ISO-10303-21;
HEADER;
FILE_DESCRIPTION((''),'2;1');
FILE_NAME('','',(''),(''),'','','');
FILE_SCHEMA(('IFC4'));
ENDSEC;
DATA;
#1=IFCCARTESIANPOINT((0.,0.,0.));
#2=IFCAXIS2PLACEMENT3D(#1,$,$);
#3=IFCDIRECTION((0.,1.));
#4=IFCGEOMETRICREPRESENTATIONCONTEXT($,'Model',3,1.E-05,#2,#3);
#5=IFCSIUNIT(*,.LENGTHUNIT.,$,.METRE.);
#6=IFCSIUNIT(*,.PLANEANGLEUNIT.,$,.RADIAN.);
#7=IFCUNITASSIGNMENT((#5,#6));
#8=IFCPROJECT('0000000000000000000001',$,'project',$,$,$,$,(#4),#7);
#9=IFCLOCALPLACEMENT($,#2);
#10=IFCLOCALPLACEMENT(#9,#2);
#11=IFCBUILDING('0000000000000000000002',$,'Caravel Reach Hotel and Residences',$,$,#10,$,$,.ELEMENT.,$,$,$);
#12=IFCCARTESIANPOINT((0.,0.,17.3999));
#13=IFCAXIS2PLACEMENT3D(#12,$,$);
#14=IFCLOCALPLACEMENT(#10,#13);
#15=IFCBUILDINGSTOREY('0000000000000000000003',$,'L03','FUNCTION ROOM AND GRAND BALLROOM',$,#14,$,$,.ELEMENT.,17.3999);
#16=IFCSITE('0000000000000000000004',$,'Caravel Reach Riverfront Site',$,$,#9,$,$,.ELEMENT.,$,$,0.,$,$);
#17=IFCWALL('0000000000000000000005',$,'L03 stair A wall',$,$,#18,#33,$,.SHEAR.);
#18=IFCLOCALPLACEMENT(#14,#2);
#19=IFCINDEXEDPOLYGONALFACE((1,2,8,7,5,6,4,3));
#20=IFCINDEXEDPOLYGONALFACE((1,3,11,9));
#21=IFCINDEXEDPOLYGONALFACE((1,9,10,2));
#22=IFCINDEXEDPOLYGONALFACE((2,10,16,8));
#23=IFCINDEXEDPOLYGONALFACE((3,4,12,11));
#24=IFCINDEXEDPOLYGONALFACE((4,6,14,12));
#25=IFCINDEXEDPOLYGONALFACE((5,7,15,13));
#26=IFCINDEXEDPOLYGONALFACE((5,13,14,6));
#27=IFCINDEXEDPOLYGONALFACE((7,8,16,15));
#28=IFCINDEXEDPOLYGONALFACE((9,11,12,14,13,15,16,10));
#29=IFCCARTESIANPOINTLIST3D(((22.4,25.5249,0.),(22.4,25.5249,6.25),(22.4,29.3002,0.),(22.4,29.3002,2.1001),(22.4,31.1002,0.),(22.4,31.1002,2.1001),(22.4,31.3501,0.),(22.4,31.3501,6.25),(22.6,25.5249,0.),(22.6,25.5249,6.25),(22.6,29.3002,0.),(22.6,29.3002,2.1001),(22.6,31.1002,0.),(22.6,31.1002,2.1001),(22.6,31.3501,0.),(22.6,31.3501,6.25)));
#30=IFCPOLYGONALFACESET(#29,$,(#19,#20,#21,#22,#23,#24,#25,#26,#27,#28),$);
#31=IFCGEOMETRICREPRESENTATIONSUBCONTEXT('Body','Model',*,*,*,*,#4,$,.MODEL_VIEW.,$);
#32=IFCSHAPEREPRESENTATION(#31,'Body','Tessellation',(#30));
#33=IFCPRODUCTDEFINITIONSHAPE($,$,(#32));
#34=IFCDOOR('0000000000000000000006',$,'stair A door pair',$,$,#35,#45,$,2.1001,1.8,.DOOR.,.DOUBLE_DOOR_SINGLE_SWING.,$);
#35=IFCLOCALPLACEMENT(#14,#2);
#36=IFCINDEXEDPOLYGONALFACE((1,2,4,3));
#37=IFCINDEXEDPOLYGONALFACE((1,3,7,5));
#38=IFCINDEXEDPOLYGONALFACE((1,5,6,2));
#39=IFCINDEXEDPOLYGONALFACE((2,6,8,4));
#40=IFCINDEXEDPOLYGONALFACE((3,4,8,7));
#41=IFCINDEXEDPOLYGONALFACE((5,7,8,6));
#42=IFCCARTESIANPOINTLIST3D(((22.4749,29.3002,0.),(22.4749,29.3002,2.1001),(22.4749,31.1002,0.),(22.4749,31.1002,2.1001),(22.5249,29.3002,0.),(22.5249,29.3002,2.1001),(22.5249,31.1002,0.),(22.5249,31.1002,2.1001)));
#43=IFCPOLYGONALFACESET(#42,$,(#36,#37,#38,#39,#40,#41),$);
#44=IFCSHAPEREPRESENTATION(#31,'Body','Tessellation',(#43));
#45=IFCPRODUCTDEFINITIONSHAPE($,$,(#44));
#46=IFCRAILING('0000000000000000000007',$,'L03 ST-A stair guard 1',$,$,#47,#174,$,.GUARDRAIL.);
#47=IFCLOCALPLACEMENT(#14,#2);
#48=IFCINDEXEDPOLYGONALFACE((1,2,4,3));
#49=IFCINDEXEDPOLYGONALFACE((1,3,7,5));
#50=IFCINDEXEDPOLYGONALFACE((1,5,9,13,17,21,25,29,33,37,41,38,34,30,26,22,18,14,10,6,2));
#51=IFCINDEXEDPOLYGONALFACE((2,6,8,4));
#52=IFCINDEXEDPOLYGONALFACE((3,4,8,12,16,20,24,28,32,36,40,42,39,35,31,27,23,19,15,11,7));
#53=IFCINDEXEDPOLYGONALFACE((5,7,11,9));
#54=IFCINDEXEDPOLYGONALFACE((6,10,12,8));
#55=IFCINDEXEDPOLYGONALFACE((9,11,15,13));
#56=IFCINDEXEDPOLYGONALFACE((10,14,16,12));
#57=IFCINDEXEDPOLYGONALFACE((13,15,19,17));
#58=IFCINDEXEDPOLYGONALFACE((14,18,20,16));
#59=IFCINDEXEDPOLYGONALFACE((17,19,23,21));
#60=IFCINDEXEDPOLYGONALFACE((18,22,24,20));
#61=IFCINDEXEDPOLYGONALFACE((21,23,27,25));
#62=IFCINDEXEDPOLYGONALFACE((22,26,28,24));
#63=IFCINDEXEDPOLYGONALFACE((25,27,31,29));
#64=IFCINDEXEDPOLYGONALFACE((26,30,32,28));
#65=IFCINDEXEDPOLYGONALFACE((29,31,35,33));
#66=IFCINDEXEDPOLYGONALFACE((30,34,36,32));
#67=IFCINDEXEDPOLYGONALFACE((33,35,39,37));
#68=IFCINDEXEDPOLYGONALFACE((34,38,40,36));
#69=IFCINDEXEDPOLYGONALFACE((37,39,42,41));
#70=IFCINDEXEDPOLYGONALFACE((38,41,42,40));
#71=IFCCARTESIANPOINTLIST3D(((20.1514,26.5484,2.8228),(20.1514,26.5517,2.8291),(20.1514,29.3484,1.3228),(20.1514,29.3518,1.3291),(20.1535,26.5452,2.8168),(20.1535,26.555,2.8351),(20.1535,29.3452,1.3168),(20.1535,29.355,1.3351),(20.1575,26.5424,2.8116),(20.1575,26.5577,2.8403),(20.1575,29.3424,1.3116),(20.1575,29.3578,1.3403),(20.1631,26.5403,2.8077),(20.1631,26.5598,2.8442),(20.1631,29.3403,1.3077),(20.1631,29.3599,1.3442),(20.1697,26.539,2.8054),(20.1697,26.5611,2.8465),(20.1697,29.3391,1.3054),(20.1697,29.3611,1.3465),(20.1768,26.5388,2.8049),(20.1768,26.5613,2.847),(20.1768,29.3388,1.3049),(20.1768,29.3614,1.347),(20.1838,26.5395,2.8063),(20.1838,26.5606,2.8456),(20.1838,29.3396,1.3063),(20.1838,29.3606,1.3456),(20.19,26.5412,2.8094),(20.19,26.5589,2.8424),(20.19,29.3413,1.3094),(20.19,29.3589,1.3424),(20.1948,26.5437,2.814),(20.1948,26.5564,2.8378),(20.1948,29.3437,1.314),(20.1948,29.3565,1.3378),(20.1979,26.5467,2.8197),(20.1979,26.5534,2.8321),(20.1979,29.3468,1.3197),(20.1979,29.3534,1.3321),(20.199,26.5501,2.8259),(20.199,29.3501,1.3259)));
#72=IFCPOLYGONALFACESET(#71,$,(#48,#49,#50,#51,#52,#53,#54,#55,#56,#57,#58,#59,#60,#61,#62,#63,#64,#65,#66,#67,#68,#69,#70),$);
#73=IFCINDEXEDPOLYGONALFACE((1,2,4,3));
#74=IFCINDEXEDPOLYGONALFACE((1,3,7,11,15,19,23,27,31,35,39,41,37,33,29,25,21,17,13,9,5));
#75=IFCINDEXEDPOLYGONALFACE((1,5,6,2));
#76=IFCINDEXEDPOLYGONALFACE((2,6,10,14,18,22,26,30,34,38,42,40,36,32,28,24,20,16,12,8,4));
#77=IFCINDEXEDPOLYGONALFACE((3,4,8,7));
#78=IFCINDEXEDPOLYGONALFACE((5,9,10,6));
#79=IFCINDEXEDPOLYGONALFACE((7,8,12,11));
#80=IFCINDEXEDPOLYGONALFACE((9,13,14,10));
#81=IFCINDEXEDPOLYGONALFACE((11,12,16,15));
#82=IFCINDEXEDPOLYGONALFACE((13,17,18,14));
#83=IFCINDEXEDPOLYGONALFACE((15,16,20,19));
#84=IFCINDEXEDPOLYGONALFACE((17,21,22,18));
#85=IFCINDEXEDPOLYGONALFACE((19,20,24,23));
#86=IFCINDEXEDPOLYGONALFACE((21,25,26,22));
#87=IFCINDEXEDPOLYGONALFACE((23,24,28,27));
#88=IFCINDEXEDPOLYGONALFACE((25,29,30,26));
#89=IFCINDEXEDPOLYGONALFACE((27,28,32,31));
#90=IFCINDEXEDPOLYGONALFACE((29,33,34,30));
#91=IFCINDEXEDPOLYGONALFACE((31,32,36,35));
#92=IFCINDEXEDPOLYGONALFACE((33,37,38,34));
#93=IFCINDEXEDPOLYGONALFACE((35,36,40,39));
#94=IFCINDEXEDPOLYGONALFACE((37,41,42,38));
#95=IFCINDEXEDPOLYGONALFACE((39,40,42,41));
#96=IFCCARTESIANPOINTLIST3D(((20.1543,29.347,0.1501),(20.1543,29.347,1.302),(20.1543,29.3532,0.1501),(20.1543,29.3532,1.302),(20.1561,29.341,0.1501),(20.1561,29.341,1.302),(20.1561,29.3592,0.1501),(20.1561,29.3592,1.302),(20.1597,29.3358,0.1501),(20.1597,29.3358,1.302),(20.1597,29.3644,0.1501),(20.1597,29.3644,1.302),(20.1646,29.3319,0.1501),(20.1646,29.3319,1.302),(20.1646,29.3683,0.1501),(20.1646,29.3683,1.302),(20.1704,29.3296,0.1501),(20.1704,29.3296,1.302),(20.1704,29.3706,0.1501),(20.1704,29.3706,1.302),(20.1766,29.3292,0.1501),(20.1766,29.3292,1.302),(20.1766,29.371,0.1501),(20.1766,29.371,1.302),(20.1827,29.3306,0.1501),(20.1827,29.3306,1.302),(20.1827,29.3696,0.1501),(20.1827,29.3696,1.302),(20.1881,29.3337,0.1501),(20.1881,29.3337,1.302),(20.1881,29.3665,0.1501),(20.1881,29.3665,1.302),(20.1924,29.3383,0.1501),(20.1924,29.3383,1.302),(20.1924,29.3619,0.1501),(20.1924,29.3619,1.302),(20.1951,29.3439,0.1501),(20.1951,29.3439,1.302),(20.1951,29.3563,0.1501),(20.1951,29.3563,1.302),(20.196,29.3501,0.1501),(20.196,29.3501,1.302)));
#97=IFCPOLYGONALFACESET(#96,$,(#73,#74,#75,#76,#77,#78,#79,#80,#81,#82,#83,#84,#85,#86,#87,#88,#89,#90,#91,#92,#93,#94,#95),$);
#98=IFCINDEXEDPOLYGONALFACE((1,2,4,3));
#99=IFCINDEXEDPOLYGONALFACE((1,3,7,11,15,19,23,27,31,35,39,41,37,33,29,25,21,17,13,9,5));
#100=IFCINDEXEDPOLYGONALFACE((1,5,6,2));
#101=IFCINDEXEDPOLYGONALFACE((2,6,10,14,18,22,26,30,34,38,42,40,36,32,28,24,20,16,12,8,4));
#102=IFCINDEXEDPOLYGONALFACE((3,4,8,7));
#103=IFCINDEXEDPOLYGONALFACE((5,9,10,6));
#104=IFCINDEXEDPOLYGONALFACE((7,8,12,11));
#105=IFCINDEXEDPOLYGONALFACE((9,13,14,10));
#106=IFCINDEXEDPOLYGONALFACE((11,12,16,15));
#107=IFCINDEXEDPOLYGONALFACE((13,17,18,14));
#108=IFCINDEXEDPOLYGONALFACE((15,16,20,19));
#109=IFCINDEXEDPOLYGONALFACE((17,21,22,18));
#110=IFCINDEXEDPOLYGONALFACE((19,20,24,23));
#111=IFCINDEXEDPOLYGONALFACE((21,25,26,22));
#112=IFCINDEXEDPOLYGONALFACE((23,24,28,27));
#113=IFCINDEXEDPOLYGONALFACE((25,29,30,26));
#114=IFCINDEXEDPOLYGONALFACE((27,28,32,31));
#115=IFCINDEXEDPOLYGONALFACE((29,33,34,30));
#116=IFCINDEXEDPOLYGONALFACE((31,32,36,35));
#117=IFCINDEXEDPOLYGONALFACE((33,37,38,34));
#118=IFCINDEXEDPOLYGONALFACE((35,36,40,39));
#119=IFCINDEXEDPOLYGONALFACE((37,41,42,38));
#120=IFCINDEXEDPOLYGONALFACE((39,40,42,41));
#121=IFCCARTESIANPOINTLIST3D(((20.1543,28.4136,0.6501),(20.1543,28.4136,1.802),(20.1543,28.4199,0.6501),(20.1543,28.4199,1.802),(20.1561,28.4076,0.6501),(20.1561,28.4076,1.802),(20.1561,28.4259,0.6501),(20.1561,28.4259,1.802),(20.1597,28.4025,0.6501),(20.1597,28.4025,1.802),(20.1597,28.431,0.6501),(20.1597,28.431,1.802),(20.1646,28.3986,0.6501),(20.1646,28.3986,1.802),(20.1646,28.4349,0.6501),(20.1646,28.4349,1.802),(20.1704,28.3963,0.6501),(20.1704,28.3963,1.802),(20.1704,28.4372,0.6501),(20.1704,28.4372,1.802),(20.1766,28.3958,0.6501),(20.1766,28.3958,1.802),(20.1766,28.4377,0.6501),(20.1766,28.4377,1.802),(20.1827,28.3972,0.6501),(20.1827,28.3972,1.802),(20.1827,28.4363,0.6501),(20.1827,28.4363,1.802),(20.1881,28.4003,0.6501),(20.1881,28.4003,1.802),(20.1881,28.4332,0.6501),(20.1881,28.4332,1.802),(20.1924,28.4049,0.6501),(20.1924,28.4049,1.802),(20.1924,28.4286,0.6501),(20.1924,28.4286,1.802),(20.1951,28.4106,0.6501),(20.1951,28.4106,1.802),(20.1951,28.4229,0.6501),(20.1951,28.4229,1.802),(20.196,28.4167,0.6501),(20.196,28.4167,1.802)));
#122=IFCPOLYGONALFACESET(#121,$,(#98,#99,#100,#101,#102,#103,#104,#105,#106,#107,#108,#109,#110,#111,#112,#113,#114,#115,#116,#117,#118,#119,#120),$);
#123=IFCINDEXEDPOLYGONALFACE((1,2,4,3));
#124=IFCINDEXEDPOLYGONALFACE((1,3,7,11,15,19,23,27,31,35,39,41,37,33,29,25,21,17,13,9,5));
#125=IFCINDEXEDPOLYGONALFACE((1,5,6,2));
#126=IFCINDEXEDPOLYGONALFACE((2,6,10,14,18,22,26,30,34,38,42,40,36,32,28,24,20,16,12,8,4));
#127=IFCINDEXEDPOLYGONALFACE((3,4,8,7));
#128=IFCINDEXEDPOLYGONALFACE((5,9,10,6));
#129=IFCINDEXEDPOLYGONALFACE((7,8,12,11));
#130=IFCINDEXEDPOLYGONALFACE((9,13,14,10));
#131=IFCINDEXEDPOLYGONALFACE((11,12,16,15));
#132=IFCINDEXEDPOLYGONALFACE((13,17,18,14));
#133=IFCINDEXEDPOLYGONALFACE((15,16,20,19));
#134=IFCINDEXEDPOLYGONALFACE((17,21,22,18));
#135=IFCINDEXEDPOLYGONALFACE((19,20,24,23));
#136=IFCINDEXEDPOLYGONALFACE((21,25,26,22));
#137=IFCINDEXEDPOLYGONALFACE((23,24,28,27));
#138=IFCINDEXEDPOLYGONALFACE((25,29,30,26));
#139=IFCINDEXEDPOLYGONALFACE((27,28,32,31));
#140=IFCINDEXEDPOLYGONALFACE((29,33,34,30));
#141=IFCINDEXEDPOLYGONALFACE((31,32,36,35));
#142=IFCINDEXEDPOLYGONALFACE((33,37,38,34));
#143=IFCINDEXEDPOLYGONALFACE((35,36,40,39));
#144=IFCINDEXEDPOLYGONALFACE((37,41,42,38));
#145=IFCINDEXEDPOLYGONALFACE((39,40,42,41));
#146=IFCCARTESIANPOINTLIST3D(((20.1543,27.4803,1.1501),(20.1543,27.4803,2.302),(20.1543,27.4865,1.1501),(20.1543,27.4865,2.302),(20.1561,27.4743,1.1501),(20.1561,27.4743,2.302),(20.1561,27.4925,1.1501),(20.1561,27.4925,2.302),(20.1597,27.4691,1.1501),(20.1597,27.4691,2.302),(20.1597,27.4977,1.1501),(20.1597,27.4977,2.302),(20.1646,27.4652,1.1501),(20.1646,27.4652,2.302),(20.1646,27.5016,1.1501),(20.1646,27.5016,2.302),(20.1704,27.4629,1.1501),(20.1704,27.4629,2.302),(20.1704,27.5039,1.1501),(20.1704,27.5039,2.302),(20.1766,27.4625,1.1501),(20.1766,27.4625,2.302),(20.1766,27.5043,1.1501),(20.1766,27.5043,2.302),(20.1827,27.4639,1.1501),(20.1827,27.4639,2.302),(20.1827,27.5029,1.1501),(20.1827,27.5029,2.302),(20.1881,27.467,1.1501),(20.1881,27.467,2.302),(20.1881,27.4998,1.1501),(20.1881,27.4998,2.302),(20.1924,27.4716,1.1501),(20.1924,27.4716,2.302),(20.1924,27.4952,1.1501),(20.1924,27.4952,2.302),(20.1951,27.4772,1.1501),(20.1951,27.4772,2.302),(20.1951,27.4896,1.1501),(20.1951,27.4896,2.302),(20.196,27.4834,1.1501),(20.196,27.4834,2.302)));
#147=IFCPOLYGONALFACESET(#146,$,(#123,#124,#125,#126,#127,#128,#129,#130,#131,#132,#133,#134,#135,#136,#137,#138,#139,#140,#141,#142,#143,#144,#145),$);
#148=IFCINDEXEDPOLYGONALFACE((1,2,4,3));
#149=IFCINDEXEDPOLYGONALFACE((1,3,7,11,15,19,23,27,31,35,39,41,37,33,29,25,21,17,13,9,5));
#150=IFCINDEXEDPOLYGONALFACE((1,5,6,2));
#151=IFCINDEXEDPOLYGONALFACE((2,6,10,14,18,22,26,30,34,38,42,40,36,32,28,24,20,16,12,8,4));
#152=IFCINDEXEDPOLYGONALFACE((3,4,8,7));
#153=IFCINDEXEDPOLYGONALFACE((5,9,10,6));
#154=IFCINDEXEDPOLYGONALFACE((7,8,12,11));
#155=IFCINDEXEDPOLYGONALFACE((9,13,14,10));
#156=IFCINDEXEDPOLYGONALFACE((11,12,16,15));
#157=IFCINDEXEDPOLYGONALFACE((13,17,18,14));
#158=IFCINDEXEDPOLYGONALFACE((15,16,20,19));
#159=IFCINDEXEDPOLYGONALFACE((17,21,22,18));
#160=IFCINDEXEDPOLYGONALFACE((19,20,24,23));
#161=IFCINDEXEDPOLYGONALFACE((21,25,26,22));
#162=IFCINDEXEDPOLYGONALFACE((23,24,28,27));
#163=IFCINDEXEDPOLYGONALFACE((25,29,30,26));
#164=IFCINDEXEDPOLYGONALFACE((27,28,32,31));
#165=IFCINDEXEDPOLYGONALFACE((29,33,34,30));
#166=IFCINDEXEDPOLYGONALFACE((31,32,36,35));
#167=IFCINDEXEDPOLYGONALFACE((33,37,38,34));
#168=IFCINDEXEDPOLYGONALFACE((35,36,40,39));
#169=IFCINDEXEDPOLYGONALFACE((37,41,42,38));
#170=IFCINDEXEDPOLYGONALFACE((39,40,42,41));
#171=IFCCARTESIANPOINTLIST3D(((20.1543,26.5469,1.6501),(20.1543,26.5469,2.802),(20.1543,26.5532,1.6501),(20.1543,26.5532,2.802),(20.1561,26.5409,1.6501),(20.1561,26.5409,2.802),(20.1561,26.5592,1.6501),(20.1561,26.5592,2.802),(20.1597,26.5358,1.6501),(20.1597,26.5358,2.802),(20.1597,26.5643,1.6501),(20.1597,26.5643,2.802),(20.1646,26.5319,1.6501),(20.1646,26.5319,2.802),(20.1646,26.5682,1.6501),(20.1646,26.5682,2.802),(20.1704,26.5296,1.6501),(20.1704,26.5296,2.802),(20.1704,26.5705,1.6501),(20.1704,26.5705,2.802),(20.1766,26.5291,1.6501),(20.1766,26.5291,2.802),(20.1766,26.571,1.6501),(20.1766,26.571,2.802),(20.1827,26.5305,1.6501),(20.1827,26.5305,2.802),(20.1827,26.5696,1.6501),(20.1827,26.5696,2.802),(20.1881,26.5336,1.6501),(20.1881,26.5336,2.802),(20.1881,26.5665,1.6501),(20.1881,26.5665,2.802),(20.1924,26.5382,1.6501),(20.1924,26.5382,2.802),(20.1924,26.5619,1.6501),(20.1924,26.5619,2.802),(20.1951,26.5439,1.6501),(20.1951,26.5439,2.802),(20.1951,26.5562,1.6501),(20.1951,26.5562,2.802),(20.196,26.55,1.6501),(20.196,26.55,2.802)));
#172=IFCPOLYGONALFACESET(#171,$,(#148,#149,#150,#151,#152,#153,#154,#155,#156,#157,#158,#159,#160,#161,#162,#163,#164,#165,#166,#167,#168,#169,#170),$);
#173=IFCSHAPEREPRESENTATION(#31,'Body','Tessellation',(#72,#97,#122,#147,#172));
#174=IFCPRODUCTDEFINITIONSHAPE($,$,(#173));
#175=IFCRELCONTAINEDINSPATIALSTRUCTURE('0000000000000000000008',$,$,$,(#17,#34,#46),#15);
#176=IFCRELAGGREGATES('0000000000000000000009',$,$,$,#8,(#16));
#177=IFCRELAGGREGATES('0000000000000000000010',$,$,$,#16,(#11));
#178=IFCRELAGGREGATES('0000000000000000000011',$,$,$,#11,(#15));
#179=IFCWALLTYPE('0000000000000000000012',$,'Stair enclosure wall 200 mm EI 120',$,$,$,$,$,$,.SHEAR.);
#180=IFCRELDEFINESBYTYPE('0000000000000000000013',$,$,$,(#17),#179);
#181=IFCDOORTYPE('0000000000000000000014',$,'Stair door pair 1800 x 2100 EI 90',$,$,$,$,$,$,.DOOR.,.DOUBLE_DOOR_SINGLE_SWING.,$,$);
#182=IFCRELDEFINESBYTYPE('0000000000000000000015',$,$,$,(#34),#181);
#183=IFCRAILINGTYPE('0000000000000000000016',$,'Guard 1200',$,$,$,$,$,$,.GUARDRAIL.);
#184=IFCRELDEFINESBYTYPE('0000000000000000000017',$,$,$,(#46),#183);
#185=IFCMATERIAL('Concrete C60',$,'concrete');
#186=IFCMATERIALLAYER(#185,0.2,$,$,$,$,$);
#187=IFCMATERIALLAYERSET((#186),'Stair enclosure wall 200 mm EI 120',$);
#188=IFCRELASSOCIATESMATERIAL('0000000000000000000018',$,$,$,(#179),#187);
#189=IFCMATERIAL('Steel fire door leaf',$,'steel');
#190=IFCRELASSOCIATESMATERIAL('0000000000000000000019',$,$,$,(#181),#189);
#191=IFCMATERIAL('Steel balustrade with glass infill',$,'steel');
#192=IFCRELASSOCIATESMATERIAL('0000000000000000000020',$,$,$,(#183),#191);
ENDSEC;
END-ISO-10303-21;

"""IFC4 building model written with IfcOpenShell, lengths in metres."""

from ifc_helpers import new_model, si_unit, direction, frame, frame_2d, origin, origin_2d, place, context, subcontext, project, spatial, rectangle, circle, extrude, material, layer, layer_set, type_object, element, fill, save


model = new_model("IFC4")

# Units and contexts
model_context = context("Model", 3, precision=1e-05, world=origin(), true_north=direction((0.0, 1.0)))
body_context = subcontext(model_context, "Body", "Model", "MODEL_VIEW")
ifc_project = project(units=[si_unit("LENGTHUNIT", "METRE"), si_unit("PLANEANGLEUNIT", "RADIAN")], contexts=[model_context])

# Site, building, storey
site_placement = place(None, origin())
site = spatial("IfcSite", under=ifc_project, at=site_placement, Name="Caravel Reach Riverfront Site", CompositionType="ELEMENT", RefElevation=0.0)
building_placement = place(site_placement, origin())
building = spatial("IfcBuilding", under=site, at=building_placement, Name="Caravel Reach Hotel and Residences", CompositionType="ELEMENT")
storey_placement = place(building_placement, frame((0.0, 0.0, 17.3999)))
storey = spatial("IfcBuildingStorey", under=building, at=storey_placement, Name="L03", Description="FUNCTION ROOM AND GRAND BALLROOM", CompositionType="ELEMENT", Elevation=17.3999)

# Wall, opening, door
ifc_material_1 = material(Name="Concrete C60", Category="concrete")
ifc_layer_1 = layer(ifc_material_1, 0.2)
ifc_layer_set_1 = layer_set([ifc_layer_1], Name="Stair enclosure wall 200 mm EI 120")
wall_type_1 = type_object("IfcWallType", Name="Stair enclosure wall 200 mm EI 120", PredefinedType="SHEAR", material=ifc_layer_set_1)
wall_1_placement = place(storey_placement, frame((22.5, 31.3501, 0.0), z_axis=(0.0, 0.0, 1.0), x_axis=(0.0, -1.0, 0.0)))
wall_1 = element("IfcWall", 1, at=wall_1_placement, inside=storey, type_object=wall_type_1, Name="L03 stair A wall", PredefinedType="SHEAR", context=body_context, shape_type="SweptSolid", body=[
    extrude(rectangle(XDim=5.8252, YDim=0.2, at=frame_2d((2.9126, 0.0))), origin(), (0.0, 0.0, 1.0), 6.25),
])
opening_1_placement = place(wall_1_placement, frame((0.25, 0.0, 0.0)))
opening_1 = element("IfcOpeningElement", 2, at=opening_1_placement, cuts=wall_1, PredefinedType="OPENING", context=body_context, shape_type="SweptSolid", body=[
    extrude(rectangle(XDim=1.8, YDim=2.1001, at=frame_2d((0.8999, 1.05))), frame((0.0, 0.1099, 0.0), z_axis=(0.0, -1.0, 0.0), x_axis=(1.0, 0.0, 0.0)), (0.0, 0.0, 1.0), 0.22),
])
ifc_material_2 = material(Name="Steel fire door leaf", Category="steel")
door_type_1 = type_object("IfcDoorType", Name="Stair door pair 1800 x 2100 EI 90", OperationType="DOUBLE_DOOR_SINGLE_SWING", PredefinedType="DOOR", material=ifc_material_2)
door_1_placement = place(opening_1_placement, origin())
door_1 = element("IfcDoor", 3, at=door_1_placement, inside=storey, type_object=door_type_1, Name="stair A door pair", OperationType="DOUBLE_DOOR_SINGLE_SWING", OverallHeight=2.1001, OverallWidth=1.8, PredefinedType="DOOR", context=body_context, shape_type="SweptSolid", body=[
    extrude(rectangle(XDim=1.8, YDim=2.1001, at=frame_2d((0.8999, 1.05))), frame((0.0, 0.0249, 0.0), z_axis=(0.0, -1.0, 0.0), x_axis=(1.0, 0.0, 0.0)), (0.0, 0.0, 1.0), 0.05),
])
fill(opening_1, door_1)

# Railing
ifc_material_3 = material(Name="Steel balustrade with glass infill", Category="steel")
railing_type_1 = type_object("IfcRailingType", Name="Guard 1200", PredefinedType="GUARDRAIL", material=ifc_material_3)
railing_1_placement = place(storey_placement, frame((20.175, 29.3501, 0.1501)))
element("IfcRailing", 4, at=railing_1_placement, inside=storey, type_object=railing_type_1, Name="L03 ST-A stair guard 1", PredefinedType="GUARDRAIL", context=body_context, shape_type="SweptSolid", body=[
    extrude(circle(Radius=0.0239, at=origin_2d()), frame((0.0, 0.0, 1.1758), z_axis=(0.0, -0.881483, 0.472215), x_axis=(1.0, 0.0, 0.0)), (0.0, 0.0, 1.0), 3.1765),
    extrude(circle(Radius=0.021, at=origin_2d()), origin(), (0.0, 0.0, 1.0), 1.1519),
    extrude(circle(Radius=0.021, at=origin_2d()), frame((0.0, -0.9333, 0.5)), (0.0, 0.0, 1.0), 1.1519),
    extrude(circle(Radius=0.021, at=origin_2d()), frame((0.0, -1.8667, 1.0)), (0.0, 0.0, 1.0), 1.1519),
    extrude(circle(Radius=0.021, at=origin_2d()), frame((0.0, -2.8, 1.5)), (0.0, 0.0, 1.0), 1.1519),
])

save(model, "model.ifc")
